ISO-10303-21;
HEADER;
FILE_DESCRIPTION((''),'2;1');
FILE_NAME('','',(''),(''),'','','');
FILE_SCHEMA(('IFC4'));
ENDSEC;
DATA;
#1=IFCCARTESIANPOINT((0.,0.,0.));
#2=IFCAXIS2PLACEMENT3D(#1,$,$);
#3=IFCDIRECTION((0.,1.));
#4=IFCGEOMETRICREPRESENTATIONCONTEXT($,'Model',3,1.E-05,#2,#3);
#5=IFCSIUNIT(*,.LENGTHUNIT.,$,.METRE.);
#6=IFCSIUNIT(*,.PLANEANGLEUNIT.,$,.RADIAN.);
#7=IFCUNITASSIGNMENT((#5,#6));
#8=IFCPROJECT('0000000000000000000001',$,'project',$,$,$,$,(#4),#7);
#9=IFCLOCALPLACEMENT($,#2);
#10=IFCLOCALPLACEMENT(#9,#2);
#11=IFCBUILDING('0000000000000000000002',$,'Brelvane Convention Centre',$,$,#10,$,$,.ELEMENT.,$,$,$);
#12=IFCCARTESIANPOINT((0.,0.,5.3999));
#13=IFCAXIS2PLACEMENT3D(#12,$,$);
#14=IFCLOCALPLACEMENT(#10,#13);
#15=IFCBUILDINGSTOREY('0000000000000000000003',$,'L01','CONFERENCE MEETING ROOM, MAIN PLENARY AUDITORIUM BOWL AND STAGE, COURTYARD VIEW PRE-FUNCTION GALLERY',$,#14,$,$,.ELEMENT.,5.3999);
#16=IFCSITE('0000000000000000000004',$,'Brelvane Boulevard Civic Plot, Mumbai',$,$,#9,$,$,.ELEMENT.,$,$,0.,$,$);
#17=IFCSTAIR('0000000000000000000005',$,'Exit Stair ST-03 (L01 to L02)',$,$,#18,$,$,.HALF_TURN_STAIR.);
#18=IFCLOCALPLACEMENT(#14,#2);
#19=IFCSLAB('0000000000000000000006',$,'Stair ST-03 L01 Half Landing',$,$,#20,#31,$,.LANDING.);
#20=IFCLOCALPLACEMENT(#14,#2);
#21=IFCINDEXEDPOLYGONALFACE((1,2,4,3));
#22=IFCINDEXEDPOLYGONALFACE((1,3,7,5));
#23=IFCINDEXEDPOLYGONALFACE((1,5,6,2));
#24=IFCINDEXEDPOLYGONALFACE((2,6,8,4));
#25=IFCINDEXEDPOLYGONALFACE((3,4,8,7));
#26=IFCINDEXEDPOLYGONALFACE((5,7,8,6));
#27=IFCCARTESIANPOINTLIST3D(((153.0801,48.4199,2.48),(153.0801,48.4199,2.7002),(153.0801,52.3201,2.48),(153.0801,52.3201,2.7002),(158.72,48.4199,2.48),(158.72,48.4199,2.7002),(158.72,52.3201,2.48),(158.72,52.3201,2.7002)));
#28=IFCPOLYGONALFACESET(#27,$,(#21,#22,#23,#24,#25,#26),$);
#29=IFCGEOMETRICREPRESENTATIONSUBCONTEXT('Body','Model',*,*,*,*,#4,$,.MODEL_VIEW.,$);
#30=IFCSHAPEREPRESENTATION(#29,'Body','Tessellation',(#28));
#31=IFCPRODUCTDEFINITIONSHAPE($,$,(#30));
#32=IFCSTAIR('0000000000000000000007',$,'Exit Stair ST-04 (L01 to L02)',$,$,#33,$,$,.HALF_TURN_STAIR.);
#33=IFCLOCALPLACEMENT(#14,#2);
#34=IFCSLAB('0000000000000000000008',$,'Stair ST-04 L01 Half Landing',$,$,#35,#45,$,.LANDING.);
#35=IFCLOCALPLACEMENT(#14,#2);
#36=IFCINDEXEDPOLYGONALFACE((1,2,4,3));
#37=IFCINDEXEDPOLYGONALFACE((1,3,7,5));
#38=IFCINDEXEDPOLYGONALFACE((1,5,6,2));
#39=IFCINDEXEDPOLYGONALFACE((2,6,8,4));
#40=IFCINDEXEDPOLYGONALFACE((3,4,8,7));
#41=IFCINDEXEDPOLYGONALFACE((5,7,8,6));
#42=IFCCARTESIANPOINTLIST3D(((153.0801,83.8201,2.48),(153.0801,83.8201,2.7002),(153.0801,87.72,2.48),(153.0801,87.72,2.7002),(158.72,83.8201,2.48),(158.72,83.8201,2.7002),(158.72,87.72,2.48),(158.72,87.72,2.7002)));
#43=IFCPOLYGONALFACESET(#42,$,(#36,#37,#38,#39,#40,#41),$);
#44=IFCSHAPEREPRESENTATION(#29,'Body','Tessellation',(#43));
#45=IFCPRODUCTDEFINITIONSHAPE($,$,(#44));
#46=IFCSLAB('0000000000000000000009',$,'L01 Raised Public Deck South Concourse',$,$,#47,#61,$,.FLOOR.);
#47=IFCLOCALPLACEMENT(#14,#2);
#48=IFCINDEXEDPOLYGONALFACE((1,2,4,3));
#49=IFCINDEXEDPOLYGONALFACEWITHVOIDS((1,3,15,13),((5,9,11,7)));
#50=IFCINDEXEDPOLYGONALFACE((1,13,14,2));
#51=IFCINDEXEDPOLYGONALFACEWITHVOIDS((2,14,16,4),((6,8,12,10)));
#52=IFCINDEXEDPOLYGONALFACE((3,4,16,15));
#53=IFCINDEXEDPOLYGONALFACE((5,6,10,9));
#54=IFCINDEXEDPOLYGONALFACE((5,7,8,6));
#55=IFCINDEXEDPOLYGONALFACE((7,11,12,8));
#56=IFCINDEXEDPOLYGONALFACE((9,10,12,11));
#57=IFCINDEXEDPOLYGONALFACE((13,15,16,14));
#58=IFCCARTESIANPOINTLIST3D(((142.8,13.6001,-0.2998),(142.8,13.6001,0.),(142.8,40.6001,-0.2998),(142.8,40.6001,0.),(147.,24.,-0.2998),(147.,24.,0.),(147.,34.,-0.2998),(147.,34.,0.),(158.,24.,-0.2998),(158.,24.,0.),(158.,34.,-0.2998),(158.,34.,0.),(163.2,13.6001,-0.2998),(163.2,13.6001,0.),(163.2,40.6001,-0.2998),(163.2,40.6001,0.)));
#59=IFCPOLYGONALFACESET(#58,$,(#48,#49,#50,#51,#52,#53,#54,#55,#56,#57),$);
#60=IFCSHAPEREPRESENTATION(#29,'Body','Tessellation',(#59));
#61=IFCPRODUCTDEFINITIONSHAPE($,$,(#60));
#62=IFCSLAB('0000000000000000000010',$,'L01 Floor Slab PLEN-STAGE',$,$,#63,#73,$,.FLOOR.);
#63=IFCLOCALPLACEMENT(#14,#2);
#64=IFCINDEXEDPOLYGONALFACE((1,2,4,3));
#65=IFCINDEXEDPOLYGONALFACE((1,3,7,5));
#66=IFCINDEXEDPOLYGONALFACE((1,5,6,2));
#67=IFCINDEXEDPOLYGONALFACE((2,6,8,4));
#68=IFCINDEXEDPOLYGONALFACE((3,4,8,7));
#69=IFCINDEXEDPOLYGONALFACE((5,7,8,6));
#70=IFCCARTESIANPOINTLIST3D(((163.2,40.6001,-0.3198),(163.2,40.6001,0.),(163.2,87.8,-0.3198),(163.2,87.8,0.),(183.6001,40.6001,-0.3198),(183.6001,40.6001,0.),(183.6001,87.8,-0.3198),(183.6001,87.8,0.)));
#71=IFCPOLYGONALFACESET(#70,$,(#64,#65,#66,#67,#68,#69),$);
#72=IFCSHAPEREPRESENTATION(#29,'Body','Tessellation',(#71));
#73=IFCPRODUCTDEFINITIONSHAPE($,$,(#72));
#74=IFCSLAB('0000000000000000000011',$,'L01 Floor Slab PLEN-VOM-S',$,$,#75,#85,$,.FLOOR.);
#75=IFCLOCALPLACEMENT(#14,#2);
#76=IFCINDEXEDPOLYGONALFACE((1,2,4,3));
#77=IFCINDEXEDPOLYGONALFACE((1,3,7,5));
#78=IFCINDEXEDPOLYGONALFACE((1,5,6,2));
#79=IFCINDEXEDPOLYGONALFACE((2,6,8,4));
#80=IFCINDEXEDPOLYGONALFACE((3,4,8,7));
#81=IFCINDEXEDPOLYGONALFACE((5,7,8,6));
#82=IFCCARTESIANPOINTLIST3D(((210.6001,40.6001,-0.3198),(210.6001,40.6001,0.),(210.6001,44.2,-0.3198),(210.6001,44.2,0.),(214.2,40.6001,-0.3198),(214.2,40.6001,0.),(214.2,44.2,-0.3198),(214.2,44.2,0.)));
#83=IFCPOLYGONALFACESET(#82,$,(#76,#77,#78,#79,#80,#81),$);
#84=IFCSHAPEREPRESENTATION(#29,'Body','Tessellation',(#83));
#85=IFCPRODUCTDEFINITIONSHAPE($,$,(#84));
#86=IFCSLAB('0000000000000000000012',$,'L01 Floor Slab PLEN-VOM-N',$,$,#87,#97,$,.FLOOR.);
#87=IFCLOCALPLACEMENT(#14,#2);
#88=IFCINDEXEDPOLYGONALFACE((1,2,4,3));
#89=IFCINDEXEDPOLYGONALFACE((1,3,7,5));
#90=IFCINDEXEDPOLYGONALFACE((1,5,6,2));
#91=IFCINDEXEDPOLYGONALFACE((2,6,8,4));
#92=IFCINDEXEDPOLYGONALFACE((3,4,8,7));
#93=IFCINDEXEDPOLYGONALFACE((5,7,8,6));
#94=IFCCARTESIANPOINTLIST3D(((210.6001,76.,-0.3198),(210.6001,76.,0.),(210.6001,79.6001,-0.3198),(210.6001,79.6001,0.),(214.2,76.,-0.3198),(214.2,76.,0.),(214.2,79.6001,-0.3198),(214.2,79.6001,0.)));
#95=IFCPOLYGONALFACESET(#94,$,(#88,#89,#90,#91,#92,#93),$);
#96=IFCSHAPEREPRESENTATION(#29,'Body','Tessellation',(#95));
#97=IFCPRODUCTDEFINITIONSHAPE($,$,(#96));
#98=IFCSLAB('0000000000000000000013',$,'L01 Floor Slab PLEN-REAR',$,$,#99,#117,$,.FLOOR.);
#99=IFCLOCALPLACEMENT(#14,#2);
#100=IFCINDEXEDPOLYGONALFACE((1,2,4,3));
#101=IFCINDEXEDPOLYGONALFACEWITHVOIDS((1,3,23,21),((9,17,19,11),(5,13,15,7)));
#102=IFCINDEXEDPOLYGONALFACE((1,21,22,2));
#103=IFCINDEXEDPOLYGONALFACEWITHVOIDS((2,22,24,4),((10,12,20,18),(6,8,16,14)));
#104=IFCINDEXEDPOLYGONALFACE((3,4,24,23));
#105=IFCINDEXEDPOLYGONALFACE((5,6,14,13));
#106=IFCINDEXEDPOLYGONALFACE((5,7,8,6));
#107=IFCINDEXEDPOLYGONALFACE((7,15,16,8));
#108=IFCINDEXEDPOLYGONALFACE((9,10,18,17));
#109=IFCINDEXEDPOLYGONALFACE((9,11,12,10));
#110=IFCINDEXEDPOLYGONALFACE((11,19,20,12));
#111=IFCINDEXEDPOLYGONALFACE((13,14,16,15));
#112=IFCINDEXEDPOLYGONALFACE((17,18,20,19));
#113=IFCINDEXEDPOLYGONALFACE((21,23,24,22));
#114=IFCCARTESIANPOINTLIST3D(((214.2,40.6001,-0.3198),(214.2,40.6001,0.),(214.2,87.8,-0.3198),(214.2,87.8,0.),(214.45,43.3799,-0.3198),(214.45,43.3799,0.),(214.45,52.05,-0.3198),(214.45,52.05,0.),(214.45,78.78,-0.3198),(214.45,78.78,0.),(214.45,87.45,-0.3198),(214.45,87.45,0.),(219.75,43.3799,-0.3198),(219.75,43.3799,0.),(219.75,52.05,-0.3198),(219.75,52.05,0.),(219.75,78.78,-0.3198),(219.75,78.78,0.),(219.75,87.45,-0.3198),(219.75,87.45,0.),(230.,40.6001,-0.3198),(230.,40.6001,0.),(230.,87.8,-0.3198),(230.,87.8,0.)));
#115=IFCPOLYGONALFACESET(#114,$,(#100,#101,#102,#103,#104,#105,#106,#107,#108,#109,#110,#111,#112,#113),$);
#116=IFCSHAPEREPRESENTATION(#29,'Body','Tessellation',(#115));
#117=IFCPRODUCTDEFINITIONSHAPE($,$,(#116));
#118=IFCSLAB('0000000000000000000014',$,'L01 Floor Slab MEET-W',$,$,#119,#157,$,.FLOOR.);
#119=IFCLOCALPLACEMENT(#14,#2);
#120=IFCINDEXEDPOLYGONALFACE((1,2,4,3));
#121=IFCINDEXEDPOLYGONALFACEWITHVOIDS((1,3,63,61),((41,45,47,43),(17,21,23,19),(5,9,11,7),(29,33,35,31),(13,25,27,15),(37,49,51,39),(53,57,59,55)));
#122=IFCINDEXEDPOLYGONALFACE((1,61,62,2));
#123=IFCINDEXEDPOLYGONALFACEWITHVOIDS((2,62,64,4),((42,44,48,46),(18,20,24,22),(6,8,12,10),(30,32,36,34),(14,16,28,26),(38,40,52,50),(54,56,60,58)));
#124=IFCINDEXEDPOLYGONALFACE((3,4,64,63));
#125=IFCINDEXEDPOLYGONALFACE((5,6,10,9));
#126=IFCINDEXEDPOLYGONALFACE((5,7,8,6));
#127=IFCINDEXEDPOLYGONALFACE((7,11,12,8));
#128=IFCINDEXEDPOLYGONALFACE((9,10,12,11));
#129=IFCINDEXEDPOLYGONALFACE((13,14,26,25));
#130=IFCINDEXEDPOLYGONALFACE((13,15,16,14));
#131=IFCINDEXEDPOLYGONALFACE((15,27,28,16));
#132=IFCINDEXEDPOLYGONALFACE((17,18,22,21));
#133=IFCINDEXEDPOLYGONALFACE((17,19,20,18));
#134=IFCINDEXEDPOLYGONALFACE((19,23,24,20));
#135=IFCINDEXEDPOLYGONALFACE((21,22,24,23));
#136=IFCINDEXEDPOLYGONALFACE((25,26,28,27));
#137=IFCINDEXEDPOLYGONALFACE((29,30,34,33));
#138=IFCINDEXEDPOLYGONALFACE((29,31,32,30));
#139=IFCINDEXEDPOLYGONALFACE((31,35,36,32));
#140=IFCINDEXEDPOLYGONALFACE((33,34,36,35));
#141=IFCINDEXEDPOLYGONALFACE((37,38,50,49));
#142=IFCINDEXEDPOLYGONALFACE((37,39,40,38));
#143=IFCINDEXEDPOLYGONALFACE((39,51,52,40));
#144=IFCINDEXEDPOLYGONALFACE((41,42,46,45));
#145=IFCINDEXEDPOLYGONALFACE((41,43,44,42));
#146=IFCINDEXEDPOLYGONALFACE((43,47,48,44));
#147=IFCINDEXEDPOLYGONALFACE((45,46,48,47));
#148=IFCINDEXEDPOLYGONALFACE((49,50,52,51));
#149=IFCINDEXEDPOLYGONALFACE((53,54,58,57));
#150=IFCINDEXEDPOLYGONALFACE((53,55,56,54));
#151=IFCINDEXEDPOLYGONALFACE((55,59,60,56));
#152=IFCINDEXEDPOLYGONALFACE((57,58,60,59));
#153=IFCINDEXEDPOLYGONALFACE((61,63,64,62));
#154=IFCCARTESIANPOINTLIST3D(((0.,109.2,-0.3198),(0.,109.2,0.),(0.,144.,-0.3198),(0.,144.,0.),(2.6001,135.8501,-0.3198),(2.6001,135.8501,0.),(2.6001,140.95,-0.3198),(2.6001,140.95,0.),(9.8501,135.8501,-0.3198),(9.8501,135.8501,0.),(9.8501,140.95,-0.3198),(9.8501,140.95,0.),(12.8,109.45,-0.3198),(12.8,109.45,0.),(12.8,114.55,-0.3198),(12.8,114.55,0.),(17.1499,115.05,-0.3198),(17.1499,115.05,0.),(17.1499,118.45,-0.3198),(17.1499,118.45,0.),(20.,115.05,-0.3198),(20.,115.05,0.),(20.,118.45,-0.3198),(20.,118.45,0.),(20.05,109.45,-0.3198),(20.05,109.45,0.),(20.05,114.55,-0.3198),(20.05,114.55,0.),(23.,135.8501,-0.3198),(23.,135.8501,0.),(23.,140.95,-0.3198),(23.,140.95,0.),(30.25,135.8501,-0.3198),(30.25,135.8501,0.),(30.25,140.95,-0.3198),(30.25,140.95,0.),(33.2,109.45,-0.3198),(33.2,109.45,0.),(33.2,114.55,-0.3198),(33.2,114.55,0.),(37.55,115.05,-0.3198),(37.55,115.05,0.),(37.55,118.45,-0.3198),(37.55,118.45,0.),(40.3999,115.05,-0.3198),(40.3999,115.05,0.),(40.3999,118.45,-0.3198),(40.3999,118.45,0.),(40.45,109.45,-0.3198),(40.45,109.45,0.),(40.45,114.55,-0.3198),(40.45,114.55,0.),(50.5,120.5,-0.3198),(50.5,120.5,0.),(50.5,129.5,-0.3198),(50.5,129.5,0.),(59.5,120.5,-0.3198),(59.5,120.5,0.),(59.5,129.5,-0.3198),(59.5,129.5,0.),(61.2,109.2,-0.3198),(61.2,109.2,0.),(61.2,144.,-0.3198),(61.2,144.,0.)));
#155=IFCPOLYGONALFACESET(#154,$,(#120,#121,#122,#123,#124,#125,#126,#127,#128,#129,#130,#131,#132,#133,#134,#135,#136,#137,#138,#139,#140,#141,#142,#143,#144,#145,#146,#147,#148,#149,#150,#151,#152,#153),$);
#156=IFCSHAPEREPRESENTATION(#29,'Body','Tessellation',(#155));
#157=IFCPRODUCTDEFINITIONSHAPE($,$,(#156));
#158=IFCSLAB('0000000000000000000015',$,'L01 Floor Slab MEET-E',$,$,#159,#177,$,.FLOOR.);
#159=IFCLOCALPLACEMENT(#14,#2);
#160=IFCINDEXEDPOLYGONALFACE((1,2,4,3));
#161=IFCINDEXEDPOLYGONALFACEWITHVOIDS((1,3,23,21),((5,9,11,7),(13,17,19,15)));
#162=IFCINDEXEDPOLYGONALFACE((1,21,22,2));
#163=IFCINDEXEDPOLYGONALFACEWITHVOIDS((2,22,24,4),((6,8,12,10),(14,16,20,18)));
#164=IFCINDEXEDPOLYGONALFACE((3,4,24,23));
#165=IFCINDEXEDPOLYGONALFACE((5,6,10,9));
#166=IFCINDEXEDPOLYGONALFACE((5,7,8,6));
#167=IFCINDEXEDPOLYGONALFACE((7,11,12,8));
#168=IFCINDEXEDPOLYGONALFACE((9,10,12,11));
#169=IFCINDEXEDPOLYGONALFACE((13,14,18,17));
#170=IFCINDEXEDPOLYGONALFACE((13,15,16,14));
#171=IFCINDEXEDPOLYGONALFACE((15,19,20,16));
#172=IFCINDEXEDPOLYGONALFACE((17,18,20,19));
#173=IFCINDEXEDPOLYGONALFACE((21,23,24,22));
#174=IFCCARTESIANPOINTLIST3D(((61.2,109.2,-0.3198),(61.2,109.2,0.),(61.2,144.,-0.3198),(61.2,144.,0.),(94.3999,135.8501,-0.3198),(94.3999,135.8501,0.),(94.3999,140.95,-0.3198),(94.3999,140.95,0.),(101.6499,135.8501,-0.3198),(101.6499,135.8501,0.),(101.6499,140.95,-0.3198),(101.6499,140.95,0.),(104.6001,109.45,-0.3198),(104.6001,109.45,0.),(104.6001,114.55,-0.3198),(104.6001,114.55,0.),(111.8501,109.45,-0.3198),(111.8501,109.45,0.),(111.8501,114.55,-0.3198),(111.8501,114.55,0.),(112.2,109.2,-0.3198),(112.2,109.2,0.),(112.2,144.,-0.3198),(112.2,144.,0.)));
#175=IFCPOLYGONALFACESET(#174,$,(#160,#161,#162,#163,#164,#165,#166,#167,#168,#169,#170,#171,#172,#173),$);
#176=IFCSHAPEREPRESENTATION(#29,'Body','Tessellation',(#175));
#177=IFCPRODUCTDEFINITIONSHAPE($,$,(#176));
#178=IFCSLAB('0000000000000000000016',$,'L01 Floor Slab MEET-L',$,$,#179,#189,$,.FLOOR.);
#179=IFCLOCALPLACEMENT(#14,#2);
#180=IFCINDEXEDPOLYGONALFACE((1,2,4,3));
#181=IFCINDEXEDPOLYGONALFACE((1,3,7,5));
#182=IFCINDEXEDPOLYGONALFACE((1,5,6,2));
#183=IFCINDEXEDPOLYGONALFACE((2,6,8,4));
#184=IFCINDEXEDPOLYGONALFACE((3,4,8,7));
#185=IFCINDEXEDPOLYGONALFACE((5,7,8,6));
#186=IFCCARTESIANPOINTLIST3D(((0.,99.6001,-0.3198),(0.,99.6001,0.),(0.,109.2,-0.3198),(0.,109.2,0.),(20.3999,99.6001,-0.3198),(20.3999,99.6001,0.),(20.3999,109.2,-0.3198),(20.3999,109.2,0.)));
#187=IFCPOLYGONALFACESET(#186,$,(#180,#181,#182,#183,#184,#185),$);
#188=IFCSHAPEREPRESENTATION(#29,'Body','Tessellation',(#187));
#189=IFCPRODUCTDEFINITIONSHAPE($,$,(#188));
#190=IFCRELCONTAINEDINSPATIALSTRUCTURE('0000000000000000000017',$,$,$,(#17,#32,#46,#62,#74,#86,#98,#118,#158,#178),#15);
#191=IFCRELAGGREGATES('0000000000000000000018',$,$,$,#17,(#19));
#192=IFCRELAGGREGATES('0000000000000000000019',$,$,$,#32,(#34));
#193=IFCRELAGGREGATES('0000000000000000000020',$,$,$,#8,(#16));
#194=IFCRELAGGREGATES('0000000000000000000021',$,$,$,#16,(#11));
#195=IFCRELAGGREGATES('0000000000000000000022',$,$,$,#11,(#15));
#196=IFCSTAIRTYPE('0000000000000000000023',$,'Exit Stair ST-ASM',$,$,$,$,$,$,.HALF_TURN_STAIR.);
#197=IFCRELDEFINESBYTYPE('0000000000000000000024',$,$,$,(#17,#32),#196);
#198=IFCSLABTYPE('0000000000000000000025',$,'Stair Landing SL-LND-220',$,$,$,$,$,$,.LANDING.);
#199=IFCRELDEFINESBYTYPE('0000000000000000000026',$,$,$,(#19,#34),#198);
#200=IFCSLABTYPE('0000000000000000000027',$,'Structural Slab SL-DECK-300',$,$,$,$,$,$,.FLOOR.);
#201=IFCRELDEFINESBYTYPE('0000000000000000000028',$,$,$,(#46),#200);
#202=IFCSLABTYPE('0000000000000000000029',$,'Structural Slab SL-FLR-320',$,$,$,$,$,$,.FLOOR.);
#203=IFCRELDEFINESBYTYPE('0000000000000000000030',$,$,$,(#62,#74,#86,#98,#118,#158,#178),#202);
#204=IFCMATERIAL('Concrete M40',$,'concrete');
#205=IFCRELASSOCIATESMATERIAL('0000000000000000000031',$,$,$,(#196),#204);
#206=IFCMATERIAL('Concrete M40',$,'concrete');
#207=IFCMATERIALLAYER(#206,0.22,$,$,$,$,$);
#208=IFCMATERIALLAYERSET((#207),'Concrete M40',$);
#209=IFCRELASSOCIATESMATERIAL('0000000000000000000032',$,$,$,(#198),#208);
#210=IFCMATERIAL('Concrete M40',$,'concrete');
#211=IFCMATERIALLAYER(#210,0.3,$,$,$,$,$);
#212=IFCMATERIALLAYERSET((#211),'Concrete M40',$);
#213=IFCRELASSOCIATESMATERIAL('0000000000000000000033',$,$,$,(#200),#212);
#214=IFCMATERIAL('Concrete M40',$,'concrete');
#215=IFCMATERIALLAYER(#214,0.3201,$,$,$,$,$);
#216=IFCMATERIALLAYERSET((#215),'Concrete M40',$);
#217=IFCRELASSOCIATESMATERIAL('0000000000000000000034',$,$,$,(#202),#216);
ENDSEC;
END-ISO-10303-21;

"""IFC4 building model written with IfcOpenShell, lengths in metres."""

from ifc_helpers import new_model, si_unit, direction, frame, origin, place, context, subcontext, project, spatial, polyline, outline, extrude, material, layer, layer_set, type_object, element, aggregate, save


model = new_model("IFC4")

# Units and contexts
model_context = context("Model", 3, precision=1e-05, world=origin(), true_north=direction((0.0, 1.0)))
body_context = subcontext(model_context, "Body", "Model", "MODEL_VIEW")
ifc_project = project(units=[si_unit("LENGTHUNIT", "METRE"), si_unit("PLANEANGLEUNIT", "RADIAN")], contexts=[model_context])

# Site, building, storey
site_placement = place(None, origin())
site = spatial("IfcSite", under=ifc_project, at=site_placement, Name="Brelvane Boulevard Civic Plot, Mumbai", CompositionType="ELEMENT", RefElevation=0.0)
building_placement = place(site_placement, origin())
building = spatial("IfcBuilding", under=site, at=building_placement, Name="Brelvane Convention Centre", CompositionType="ELEMENT")
storey_placement = place(building_placement, frame((0.0, 0.0, 5.3999)))
storey = spatial("IfcBuildingStorey", under=building, at=storey_placement, Name="L01", Description="CONFERENCE MEETING ROOM, MAIN PLENARY AUDITORIUM BOWL AND STAGE, COURTYARD VIEW PRE-FUNCTION GALLERY", CompositionType="ELEMENT", Elevation=5.3999)

# Stairs, slabs
ifc_material_1 = material(Name="Concrete M40", Category="concrete")
stair_type = type_object("IfcStairType", Name="Exit Stair ST-ASM", PredefinedType="HALF_TURN_STAIR", material=ifc_material_1)
stair_1_placement = place(storey_placement, origin())
stair_1 = element("IfcStair", 1, at=stair_1_placement, inside=storey, type_object=stair_type, Name="Exit Stair ST-03 (L01 to L02)", PredefinedType="HALF_TURN_STAIR")
ifc_material_2 = material(Name="Concrete M40", Category="concrete")
ifc_layer_1 = layer(ifc_material_2, 0.22)
ifc_layer_set_1 = layer_set([ifc_layer_1], Name="Concrete M40")
slab_type_1 = type_object("IfcSlabType", Name="Stair Landing SL-LND-220", PredefinedType="LANDING", material=ifc_layer_set_1)
slab_1_placement = place(storey_placement, frame((0.0, 0.0, 2.48)))
slab_1 = element("IfcSlab", 2, at=slab_1_placement, type_object=slab_type_1, Name="Stair ST-03 L01 Half Landing", PredefinedType="LANDING", context=body_context, shape_type="SweptSolid", body=[
    extrude(outline(polyline([(153.0801, 48.4199), (158.72, 48.4199), (158.72, 52.3201), (153.0801, 52.3201), (153.0801, 48.4199)])), origin(), (0.0, 0.0, 1.0), 0.2202),
])
aggregate(stair_1, [slab_1])
stair_2_placement = place(storey_placement, origin())
stair_2 = element("IfcStair", 3, at=stair_2_placement, inside=storey, type_object=stair_type, Name="Exit Stair ST-04 (L01 to L02)", PredefinedType="HALF_TURN_STAIR")
slab_2_placement = place(storey_placement, frame((0.0, 0.0, 2.48)))
slab_2 = element("IfcSlab", 4, at=slab_2_placement, type_object=slab_type_1, Name="Stair ST-04 L01 Half Landing", PredefinedType="LANDING", context=body_context, shape_type="SweptSolid", body=[
    extrude(outline(polyline([(153.0801, 83.8201), (158.72, 83.8201), (158.72, 87.72), (153.0801, 87.72), (153.0801, 83.8201)])), origin(), (0.0, 0.0, 1.0), 0.2202),
])
aggregate(stair_2, [slab_2])

# Slabs
ifc_material_3 = material(Name="Concrete M40", Category="concrete")
ifc_layer_2 = layer(ifc_material_3, 0.3)
ifc_layer_set_2 = layer_set([ifc_layer_2], Name="Concrete M40")
slab_type_2 = type_object("IfcSlabType", Name="Structural Slab SL-DECK-300", PredefinedType="FLOOR", material=ifc_layer_set_2)
slab_3_placement = place(storey_placement, frame((0.0, 0.0, -0.2998)))
element("IfcSlab", 5, at=slab_3_placement, inside=storey, type_object=slab_type_2, Name="L01 Raised Public Deck South Concourse", PredefinedType="FLOOR", context=body_context, shape_type="SweptSolid", body=[
    extrude(outline(polyline([(142.8, 13.6001), (163.2, 13.6001), (163.2, 40.6001), (142.8, 40.6001), (142.8, 13.6001)]), holes=[polyline([(147.0, 24.0), (158.0, 24.0), (158.0, 34.0), (147.0, 34.0), (147.0, 24.0)])]), origin(), (0.0, 0.0, 1.0), 0.2998),
])
ifc_material_4 = material(Name="Concrete M40", Category="concrete")
ifc_layer_3 = layer(ifc_material_4, 0.3201)
ifc_layer_set_3 = layer_set([ifc_layer_3], Name="Concrete M40")
slab_type_3 = type_object("IfcSlabType", Name="Structural Slab SL-FLR-320", PredefinedType="FLOOR", material=ifc_layer_set_3)
slab_4_placement = place(storey_placement, frame((0.0, 0.0, -0.3198)))
element("IfcSlab", 6, at=slab_4_placement, inside=storey, type_object=slab_type_3, Name="L01 Floor Slab PLEN-STAGE", PredefinedType="FLOOR", context=body_context, shape_type="SweptSolid", body=[
    extrude(outline(polyline([(163.2, 40.6001), (183.6001, 40.6001), (183.6001, 87.8), (163.2, 87.8), (163.2, 40.6001)])), origin(), (0.0, 0.0, 1.0), 0.3198),
])
slab_5_placement = place(storey_placement, frame((0.0, 0.0, -0.3198)))
element("IfcSlab", 7, at=slab_5_placement, inside=storey, type_object=slab_type_3, Name="L01 Floor Slab PLEN-VOM-S", PredefinedType="FLOOR", context=body_context, shape_type="SweptSolid", body=[
    extrude(outline(polyline([(210.6001, 40.6001), (214.2, 40.6001), (214.2, 44.2), (210.6001, 44.2), (210.6001, 40.6001)])), origin(), (0.0, 0.0, 1.0), 0.3198),
])
slab_6_placement = place(storey_placement, frame((0.0, 0.0, -0.3198)))
element("IfcSlab", 8, at=slab_6_placement, inside=storey, type_object=slab_type_3, Name="L01 Floor Slab PLEN-VOM-N", PredefinedType="FLOOR", context=body_context, shape_type="SweptSolid", body=[
    extrude(outline(polyline([(210.6001, 76.0), (214.2, 76.0), (214.2, 79.6001), (210.6001, 79.6001), (210.6001, 76.0)])), origin(), (0.0, 0.0, 1.0), 0.3198),
])
slab_7_placement = place(storey_placement, frame((0.0, 0.0, -0.3198)))
element("IfcSlab", 9, at=slab_7_placement, inside=storey, type_object=slab_type_3, Name="L01 Floor Slab PLEN-REAR", PredefinedType="FLOOR", context=body_context, shape_type="SweptSolid", body=[
    extrude(outline(polyline([(214.2, 40.6001), (230.0, 40.6001), (230.0, 87.8), (214.2, 87.8), (214.2, 40.6001)]), holes=[polyline([(214.45, 43.3799), (219.75, 43.3799), (219.75, 52.05), (214.45, 52.05), (214.45, 43.3799)]), polyline([(214.45, 78.78), (219.75, 78.78), (219.75, 87.45), (214.45, 87.45), (214.45, 78.78)])]), origin(), (0.0, 0.0, 1.0), 0.3198),
])
slab_8_placement = place(storey_placement, frame((0.0, 0.0, -0.3198)))
element("IfcSlab", 10, at=slab_8_placement, inside=storey, type_object=slab_type_3, Name="L01 Floor Slab MEET-W", PredefinedType="FLOOR", context=body_context, shape_type="SweptSolid", body=[
    extrude(outline(polyline([(0.0, 109.2), (61.2, 109.2), (61.2, 144.0), (0.0, 144.0), (0.0, 109.2)]), holes=[polyline([(12.8, 109.45), (20.05, 109.45), (20.05, 114.55), (12.8, 114.55), (12.8, 109.45)]), polyline([(17.1499, 115.05), (20.0, 115.05), (20.0, 118.45), (17.1499, 118.45), (17.1499, 115.05)]), polyline([(33.2, 109.45), (40.45, 109.45), (40.45, 114.55), (33.2, 114.55), (33.2, 109.45)]), polyline([(37.55, 115.05), (40.3999, 115.05), (40.3999, 118.45), (37.55, 118.45), (37.55, 115.05)]), polyline([(23.0, 135.8501), (30.25, 135.8501), (30.25, 140.95), (23.0, 140.95), (23.0, 135.8501)]), polyline([(2.6001, 135.8501), (9.8501, 135.8501), (9.8501, 140.95), (2.6001, 140.95), (2.6001, 135.8501)]), polyline([(50.5, 120.5), (59.5, 120.5), (59.5, 129.5), (50.5, 129.5), (50.5, 120.5)])]), origin(), (0.0, 0.0, 1.0), 0.3198),
])
slab_9_placement = place(storey_placement, frame((0.0, 0.0, -0.3198)))
element("IfcSlab", 11, at=slab_9_placement, inside=storey, type_object=slab_type_3, Name="L01 Floor Slab MEET-E", PredefinedType="FLOOR", context=body_context, shape_type="SweptSolid", body=[
    extrude(outline(polyline([(61.2, 109.2), (112.2, 109.2), (112.2, 144.0), (61.2, 144.0), (61.2, 109.2)]), holes=[polyline([(94.3999, 135.8501), (101.6499, 135.8501), (101.6499, 140.95), (94.3999, 140.95), (94.3999, 135.8501)]), polyline([(104.6001, 109.45), (111.8501, 109.45), (111.8501, 114.55), (104.6001, 114.55), (104.6001, 109.45)])]), origin(), (0.0, 0.0, 1.0), 0.3198),
])
slab_10_placement = place(storey_placement, frame((0.0, 0.0, -0.3198)))
element("IfcSlab", 12, at=slab_10_placement, inside=storey, type_object=slab_type_3, Name="L01 Floor Slab MEET-L", PredefinedType="FLOOR", context=body_context, shape_type="SweptSolid", body=[
    extrude(outline(polyline([(0.0, 99.6001), (20.3999, 99.6001), (20.3999, 109.2), (0.0, 109.2), (0.0, 99.6001)])), origin(), (0.0, 0.0, 1.0), 0.3198),
])

save(model, "model.ifc")
